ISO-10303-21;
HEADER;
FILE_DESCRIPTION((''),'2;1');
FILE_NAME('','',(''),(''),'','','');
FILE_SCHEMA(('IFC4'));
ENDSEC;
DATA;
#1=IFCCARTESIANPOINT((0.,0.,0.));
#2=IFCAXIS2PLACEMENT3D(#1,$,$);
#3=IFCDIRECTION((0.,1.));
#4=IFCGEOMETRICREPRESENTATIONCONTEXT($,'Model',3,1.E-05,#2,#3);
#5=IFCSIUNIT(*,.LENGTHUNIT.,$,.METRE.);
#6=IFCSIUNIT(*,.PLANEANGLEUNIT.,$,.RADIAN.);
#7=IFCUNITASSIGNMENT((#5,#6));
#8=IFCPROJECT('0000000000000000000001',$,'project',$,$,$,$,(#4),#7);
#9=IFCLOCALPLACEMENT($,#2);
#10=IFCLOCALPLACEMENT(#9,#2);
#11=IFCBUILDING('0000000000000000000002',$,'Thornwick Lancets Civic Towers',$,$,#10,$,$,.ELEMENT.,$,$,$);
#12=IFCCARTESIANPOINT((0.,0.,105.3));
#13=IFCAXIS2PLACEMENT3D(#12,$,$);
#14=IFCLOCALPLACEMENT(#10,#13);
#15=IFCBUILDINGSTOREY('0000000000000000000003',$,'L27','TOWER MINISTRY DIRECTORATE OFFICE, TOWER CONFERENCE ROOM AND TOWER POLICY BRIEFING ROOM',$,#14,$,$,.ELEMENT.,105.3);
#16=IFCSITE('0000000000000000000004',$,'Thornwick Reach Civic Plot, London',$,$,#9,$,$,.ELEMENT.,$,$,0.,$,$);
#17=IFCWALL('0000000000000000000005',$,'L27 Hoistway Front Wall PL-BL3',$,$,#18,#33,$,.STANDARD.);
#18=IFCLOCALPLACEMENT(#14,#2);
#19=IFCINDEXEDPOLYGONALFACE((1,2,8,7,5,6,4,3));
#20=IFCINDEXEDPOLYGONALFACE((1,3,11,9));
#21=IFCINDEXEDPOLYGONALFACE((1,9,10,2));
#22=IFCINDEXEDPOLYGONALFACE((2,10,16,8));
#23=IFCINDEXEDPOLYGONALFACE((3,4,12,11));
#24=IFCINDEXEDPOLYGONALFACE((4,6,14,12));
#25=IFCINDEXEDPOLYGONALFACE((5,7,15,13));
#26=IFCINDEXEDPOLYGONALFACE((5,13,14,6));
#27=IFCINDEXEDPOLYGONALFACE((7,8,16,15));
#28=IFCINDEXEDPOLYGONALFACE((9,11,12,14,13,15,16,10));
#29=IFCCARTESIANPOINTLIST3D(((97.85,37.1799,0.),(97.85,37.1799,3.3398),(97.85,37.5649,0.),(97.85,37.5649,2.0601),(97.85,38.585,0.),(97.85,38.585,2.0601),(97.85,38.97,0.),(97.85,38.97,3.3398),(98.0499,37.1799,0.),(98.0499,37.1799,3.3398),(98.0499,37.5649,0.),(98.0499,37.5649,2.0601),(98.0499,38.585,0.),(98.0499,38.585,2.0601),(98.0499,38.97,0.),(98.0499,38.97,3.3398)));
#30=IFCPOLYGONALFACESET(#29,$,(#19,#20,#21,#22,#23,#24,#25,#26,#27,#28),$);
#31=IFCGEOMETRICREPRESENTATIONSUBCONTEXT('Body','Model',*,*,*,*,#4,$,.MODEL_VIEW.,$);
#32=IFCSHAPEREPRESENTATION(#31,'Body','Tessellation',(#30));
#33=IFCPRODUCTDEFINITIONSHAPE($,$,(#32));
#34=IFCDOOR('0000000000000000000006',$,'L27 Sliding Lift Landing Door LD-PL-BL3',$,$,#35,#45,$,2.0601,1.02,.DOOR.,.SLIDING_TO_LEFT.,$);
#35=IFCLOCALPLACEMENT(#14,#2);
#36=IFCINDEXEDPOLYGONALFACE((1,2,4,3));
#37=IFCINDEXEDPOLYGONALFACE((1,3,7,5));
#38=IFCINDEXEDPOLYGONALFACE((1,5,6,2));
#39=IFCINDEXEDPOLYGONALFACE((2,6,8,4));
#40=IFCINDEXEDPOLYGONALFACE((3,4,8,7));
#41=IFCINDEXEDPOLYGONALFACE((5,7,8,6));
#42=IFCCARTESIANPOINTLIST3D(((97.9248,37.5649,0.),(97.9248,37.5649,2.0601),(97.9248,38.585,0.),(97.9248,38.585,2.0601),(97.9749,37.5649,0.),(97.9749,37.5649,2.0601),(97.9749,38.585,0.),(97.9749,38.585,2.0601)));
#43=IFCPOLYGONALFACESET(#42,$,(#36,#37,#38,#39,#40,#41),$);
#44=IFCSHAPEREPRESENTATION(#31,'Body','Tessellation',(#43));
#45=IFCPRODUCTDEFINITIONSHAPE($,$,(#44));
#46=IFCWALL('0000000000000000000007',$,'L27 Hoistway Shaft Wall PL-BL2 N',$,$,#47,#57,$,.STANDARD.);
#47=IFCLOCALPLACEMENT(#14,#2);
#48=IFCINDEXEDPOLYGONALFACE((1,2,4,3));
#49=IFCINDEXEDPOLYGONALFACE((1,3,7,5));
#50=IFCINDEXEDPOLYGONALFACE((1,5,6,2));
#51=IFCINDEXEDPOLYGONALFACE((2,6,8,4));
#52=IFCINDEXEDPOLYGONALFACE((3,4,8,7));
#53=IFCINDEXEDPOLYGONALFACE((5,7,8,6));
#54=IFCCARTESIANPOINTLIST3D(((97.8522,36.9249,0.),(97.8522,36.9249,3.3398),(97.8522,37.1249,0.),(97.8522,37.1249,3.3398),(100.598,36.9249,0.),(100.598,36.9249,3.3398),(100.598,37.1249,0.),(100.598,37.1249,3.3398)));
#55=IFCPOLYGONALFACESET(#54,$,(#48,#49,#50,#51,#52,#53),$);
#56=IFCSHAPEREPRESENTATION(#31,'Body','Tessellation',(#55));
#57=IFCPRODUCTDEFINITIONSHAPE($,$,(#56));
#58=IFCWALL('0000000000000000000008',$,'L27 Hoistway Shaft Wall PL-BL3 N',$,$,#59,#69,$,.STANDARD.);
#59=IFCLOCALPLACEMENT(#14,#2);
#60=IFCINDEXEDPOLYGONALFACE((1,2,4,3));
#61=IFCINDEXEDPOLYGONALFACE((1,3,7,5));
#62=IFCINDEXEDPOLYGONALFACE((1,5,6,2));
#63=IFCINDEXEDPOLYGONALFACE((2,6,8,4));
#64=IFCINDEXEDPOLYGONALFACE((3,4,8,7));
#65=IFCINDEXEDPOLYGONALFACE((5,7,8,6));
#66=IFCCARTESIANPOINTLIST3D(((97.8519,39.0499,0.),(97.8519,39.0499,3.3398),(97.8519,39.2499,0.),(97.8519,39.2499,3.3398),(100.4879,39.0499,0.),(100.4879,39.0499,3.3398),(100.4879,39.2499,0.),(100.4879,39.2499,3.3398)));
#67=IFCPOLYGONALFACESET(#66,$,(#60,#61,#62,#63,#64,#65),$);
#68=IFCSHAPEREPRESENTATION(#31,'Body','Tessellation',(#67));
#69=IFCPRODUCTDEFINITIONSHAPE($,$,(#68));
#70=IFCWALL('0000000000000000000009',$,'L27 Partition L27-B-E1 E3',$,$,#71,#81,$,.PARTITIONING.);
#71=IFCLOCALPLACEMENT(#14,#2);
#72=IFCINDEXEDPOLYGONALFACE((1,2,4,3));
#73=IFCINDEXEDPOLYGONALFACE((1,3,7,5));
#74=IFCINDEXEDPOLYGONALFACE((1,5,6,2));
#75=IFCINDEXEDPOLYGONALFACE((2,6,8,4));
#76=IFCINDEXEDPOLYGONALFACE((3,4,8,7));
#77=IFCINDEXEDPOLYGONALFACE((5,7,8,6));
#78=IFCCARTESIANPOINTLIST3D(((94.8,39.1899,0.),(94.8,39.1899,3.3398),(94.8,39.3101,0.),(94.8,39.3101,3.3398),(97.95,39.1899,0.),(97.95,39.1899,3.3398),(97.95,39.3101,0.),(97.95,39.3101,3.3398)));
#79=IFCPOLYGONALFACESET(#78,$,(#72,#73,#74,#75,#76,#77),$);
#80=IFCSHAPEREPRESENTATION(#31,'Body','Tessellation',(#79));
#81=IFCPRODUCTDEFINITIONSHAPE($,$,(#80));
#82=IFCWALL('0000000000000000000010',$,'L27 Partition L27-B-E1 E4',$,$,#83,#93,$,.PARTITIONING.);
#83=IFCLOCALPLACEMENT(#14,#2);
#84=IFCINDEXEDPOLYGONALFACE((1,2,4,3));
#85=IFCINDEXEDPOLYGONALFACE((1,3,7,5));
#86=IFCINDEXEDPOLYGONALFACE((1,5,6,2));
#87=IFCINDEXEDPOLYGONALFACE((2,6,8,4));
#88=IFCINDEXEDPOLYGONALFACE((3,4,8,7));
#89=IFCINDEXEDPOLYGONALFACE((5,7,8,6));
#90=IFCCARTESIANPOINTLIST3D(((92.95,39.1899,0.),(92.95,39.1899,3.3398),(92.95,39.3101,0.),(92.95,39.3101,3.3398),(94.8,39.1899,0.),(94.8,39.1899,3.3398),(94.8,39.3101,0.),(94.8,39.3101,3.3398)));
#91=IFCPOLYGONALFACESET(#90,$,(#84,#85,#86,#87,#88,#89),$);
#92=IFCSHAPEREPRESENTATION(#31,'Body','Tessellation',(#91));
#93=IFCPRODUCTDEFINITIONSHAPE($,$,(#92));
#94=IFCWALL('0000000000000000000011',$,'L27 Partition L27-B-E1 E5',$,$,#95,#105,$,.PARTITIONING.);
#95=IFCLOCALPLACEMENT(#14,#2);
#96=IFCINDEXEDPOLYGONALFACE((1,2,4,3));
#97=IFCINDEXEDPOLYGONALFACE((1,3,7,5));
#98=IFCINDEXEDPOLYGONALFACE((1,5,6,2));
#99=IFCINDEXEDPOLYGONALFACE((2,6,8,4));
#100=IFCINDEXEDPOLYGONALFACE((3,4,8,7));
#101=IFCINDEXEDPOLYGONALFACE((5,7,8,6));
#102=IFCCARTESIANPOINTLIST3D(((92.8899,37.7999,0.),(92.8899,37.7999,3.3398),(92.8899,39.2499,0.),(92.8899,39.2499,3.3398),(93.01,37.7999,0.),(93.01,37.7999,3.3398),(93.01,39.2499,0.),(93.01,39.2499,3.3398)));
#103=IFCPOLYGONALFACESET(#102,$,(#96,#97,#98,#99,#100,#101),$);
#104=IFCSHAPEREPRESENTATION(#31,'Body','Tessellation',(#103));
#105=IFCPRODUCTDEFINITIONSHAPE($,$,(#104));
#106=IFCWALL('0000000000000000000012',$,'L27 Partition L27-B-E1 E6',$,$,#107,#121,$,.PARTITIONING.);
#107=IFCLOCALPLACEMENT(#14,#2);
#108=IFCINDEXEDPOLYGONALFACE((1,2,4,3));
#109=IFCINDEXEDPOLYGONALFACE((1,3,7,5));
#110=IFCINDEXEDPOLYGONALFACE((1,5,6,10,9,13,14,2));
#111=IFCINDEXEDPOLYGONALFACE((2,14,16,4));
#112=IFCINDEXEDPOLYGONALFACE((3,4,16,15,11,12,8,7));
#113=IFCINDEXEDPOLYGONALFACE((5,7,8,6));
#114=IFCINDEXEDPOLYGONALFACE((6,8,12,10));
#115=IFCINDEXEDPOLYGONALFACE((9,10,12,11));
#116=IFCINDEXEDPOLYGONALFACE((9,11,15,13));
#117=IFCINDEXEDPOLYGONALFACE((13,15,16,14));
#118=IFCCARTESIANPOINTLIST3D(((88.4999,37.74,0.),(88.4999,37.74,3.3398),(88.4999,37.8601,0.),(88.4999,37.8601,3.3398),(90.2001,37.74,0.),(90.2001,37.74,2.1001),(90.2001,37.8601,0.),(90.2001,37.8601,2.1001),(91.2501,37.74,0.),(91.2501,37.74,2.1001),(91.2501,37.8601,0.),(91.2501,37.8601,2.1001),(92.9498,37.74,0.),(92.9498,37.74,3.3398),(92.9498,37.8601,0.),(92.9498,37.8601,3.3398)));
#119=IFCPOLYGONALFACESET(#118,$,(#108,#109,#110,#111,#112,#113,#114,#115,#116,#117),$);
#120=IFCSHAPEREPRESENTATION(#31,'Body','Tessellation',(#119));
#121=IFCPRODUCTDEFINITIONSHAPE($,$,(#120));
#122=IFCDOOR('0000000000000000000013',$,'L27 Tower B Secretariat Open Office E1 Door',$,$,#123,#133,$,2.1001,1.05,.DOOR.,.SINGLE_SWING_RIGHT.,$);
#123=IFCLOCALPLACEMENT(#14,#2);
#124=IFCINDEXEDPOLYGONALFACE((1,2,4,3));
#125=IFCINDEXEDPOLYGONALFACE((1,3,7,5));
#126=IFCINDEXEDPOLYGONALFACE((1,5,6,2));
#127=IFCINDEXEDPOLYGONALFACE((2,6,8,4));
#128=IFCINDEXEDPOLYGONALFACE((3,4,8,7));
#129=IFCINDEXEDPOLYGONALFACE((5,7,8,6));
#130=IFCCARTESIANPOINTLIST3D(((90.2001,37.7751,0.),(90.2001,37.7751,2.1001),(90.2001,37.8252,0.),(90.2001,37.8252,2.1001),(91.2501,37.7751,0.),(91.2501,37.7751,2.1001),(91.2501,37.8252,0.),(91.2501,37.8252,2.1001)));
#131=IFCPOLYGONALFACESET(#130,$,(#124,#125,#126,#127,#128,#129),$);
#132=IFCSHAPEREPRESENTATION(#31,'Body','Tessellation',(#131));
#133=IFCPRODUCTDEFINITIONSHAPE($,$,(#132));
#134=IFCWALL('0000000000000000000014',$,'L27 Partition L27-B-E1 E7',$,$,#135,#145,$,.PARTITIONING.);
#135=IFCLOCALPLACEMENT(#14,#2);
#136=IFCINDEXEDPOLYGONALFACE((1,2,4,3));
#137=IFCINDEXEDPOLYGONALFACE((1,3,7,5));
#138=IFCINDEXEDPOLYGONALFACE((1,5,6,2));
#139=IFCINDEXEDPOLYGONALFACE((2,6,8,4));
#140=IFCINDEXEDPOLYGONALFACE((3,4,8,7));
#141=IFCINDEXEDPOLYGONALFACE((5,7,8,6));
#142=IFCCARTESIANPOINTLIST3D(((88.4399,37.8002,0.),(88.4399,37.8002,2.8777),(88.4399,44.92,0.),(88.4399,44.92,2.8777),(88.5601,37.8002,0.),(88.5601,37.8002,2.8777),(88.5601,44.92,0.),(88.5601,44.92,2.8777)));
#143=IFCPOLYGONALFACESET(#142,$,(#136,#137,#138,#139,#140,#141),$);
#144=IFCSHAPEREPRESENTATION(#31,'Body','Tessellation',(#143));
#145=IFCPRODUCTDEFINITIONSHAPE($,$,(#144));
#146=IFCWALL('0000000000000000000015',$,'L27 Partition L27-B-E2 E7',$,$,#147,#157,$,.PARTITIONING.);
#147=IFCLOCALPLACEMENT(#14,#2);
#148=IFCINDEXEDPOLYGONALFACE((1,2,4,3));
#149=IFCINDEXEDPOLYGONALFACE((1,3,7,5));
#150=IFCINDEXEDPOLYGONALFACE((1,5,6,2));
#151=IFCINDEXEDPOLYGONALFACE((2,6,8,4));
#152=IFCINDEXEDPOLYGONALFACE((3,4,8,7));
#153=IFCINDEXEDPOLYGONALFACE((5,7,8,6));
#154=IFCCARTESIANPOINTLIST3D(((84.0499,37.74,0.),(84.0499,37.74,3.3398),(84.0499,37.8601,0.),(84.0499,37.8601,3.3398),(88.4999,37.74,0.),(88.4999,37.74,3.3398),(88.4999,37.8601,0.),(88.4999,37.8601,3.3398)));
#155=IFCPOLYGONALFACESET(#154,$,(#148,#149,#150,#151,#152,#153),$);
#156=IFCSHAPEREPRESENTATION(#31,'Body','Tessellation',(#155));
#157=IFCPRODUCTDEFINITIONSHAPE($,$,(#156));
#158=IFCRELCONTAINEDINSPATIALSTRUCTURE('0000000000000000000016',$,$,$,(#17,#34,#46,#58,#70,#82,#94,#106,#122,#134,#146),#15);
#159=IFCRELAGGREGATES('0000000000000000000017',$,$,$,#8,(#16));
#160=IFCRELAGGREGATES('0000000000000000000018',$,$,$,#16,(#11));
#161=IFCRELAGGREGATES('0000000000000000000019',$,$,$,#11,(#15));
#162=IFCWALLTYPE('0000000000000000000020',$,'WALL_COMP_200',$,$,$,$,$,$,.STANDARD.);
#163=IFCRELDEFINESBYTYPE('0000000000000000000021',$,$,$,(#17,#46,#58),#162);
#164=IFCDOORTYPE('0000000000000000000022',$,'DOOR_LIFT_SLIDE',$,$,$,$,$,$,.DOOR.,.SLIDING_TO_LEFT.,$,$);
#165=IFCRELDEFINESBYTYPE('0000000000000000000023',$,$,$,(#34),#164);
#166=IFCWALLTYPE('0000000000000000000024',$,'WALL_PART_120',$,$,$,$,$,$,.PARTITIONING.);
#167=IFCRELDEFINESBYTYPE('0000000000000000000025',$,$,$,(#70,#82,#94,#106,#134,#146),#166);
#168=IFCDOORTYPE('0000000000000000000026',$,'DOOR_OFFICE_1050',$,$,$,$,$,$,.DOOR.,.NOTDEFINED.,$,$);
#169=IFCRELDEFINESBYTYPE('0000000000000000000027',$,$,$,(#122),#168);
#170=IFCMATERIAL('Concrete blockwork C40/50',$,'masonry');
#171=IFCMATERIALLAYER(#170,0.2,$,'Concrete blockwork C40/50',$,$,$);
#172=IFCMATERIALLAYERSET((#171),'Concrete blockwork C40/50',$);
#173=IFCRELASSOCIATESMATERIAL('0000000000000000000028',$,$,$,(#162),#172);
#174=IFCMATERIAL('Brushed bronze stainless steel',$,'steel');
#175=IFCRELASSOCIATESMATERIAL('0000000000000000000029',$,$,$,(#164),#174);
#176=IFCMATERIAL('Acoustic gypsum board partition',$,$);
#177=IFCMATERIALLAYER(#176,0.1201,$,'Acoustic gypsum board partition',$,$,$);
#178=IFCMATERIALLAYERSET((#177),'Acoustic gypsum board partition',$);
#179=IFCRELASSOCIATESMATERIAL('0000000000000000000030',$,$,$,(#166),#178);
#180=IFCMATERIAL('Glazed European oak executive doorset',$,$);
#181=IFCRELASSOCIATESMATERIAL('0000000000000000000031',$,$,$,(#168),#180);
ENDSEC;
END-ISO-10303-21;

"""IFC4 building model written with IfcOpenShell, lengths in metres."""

from ifc_helpers import new_model, si_unit, direction, frame, frame_2d, origin, place, context, subcontext, project, spatial, rectangle, extrude, material, layer, layer_set, type_object, element, fill, save


model = new_model("IFC4")

# Units and contexts
model_context = context("Model", 3, precision=1e-05, world=origin(), true_north=direction((0.0, 1.0)))
body_context = subcontext(model_context, "Body", "Model", "MODEL_VIEW")
ifc_project = project(units=[si_unit("LENGTHUNIT", "METRE"), si_unit("PLANEANGLEUNIT", "RADIAN")], contexts=[model_context])

# Site, building, storey
site_placement = place(None, origin())
site = spatial("IfcSite", under=ifc_project, at=site_placement, Name="Thornwick Reach Civic Plot, London", CompositionType="ELEMENT", RefElevation=0.0)
building_placement = place(site_placement, origin())
building = spatial("IfcBuilding", under=site, at=building_placement, Name="Thornwick Lancets Civic Towers", CompositionType="ELEMENT")
storey_placement = place(building_placement, frame((0.0, 0.0, 105.3)))
storey = spatial("IfcBuildingStorey", under=building, at=storey_placement, Name="L27", Description="TOWER MINISTRY DIRECTORATE OFFICE, TOWER CONFERENCE ROOM AND TOWER POLICY BRIEFING ROOM", CompositionType="ELEMENT", Elevation=105.3)

# Wall, opening, door
ifc_material_1 = material(Name="Concrete blockwork C40/50", Category="masonry")
ifc_layer_1 = layer(ifc_material_1, 0.2, Name="Concrete blockwork C40/50")
ifc_layer_set_1 = layer_set([ifc_layer_1], Name="Concrete blockwork C40/50")
wall_type_1 = type_object("IfcWallType", Name="WALL_COMP_200", PredefinedType="STANDARD", material=ifc_layer_set_1)
ifc_material_2 = material(Name="Brushed bronze stainless steel", Category="steel")
door_type_1 = type_object("IfcDoorType", Name="DOOR_LIFT_SLIDE", OperationType="SLIDING_TO_LEFT", PredefinedType="DOOR", material=ifc_material_2)
wall_1_placement = place(storey_placement, frame((97.95, 38.97, 0.0), z_axis=(0.0, 0.0, 1.0), x_axis=(0.0, -1.0, 0.0)))
wall_1 = element("IfcWall", 1, at=wall_1_placement, inside=storey, type_object=wall_type_1, Name="L27 Hoistway Front Wall PL-BL3", PredefinedType="STANDARD", context=body_context, shape_type="SweptSolid", body=[
    extrude(rectangle(XDim=1.79, YDim=0.2, at=frame_2d((0.895, 0.0))), origin(), (0.0, 0.0, 1.0), 3.3398),
])
opening_1_placement = place(wall_1_placement, frame((0.385, 0.0, 0.0)))
opening_1 = element("IfcOpeningElement", 2, at=opening_1_placement, cuts=wall_1, PredefinedType="OPENING", context=body_context, shape_type="SweptSolid", body=[
    extrude(rectangle(XDim=1.02, YDim=2.0601, at=frame_2d((0.51, 1.03))), frame((0.0, 0.1099, 0.0), z_axis=(0.0, -1.0, 0.0), x_axis=(1.0, 0.0, 0.0)), (0.0, 0.0, 1.0), 0.22),
])
door_1_placement = place(opening_1_placement, origin())
door_1 = element("IfcDoor", 3, at=door_1_placement, inside=storey, type_object=door_type_1, Name="L27 Sliding Lift Landing Door LD-PL-BL3", OperationType="SLIDING_TO_LEFT", OverallHeight=2.0601, OverallWidth=1.02, PredefinedType="DOOR", context=body_context, shape_type="SweptSolid", body=[
    extrude(rectangle(XDim=1.02, YDim=2.0601, at=frame_2d((0.51, 1.03))), frame((0.0, 0.0249, 0.0), z_axis=(0.0, -1.0, 0.0), x_axis=(1.0, 0.0, 0.0)), (0.0, 0.0, 1.0), 0.05),
])
fill(opening_1, door_1)

# Walls
wall_2_placement = place(storey_placement, frame((97.8521, 37.0249, 0.0), z_axis=(0.0, 0.0, 1.0), x_axis=(1.0, 0.0, 0.0)))
element("IfcWall", 4, at=wall_2_placement, inside=storey, type_object=wall_type_1, Name="L27 Hoistway Shaft Wall PL-BL2 N", PredefinedType="STANDARD", context=body_context, shape_type="SweptSolid", body=[
    extrude(rectangle(XDim=2.7458, YDim=0.2, at=frame_2d((1.373, 0.0))), origin(), (0.0, 0.0, 1.0), 3.3398),
])
wall_3_placement = place(storey_placement, frame((97.8521, 39.1499, 0.0), z_axis=(0.0, 0.0, 1.0), x_axis=(1.0, 0.0, 0.0)))
element("IfcWall", 5, at=wall_3_placement, inside=storey, type_object=wall_type_1, Name="L27 Hoistway Shaft Wall PL-BL3 N", PredefinedType="STANDARD", context=body_context, shape_type="SweptSolid", body=[
    extrude(rectangle(XDim=2.636, YDim=0.2, at=frame_2d((1.3179, 0.0))), origin(), (0.0, 0.0, 1.0), 3.3398),
])
ifc_material_3 = material(Name="Acoustic gypsum board partition")
ifc_layer_2 = layer(ifc_material_3, 0.1201, Name="Acoustic gypsum board partition")
ifc_layer_set_2 = layer_set([ifc_layer_2], Name="Acoustic gypsum board partition")
wall_type_2 = type_object("IfcWallType", Name="WALL_PART_120", PredefinedType="PARTITIONING", material=ifc_layer_set_2)
wall_4_placement = place(storey_placement, frame((97.95, 39.25, 0.0), z_axis=(0.0, 0.0, 1.0), x_axis=(-1.0, 0.0, 0.0)))
element("IfcWall", 6, at=wall_4_placement, inside=storey, type_object=wall_type_2, Name="L27 Partition L27-B-E1 E3", PredefinedType="PARTITIONING", context=body_context, shape_type="SweptSolid", body=[
    extrude(rectangle(XDim=3.1499, YDim=0.1201, at=frame_2d((1.575, 0.0))), origin(), (0.0, 0.0, 1.0), 3.3398),
])
wall_5_placement = place(storey_placement, frame((94.8, 39.25, 0.0), z_axis=(0.0, 0.0, 1.0), x_axis=(-1.0, 0.0, 0.0)))
element("IfcWall", 7, at=wall_5_placement, inside=storey, type_object=wall_type_2, Name="L27 Partition L27-B-E1 E4", PredefinedType="PARTITIONING", context=body_context, shape_type="SweptSolid", body=[
    extrude(rectangle(XDim=1.8501, YDim=0.1201, at=frame_2d((0.925, 0.0))), origin(), (0.0, 0.0, 1.0), 3.3398),
])
wall_6_placement = place(storey_placement, frame((92.95, 39.25, 0.0), z_axis=(0.0, 0.0, 1.0), x_axis=(0.0, -1.0, 0.0)))
element("IfcWall", 8, at=wall_6_placement, inside=storey, type_object=wall_type_2, Name="L27 Partition L27-B-E1 E5", PredefinedType="PARTITIONING", context=body_context, shape_type="SweptSolid", body=[
    extrude(rectangle(XDim=1.45, YDim=0.1201, at=frame_2d((0.7251, 0.0))), origin(), (0.0, 0.0, 1.0), 3.3398),
])

# Wall, opening, door
wall_7_placement = place(storey_placement, frame((92.95, 37.8, 0.0), z_axis=(0.0, 0.0, 1.0), x_axis=(-1.0, 0.0, 0.0)))
wall_7 = element("IfcWall", 9, at=wall_7_placement, inside=storey, type_object=wall_type_2, Name="L27 Partition L27-B-E1 E6", PredefinedType="PARTITIONING", context=body_context, shape_type="SweptSolid", body=[
    extrude(rectangle(XDim=4.45, YDim=0.1201, at=frame_2d((2.2251, 0.0))), origin(), (0.0, 0.0, 1.0), 3.3398),
])
opening_2_placement = place(wall_7_placement, frame((1.7, 0.0, 0.0)))
opening_2 = element("IfcOpeningElement", 10, at=opening_2_placement, cuts=wall_7, PredefinedType="OPENING", context=body_context, shape_type="SweptSolid", body=[
    extrude(rectangle(XDim=1.05, YDim=2.1001, at=frame_2d((0.5249, 1.05))), frame((0.0, 0.0701, 0.0), z_axis=(0.0, -1.0, 0.0), x_axis=(1.0, 0.0, 0.0)), (0.0, 0.0, 1.0), 0.1401),
])
ifc_material_4 = material(Name="Glazed European oak executive doorset")
door_type_2 = type_object("IfcDoorType", Name="DOOR_OFFICE_1050", OperationType="NOTDEFINED", PredefinedType="DOOR", material=ifc_material_4)
door_2_placement = place(opening_2_placement, origin())
door_2 = element("IfcDoor", 11, at=door_2_placement, inside=storey, type_object=door_type_2, Name="L27 Tower B Secretariat Open Office E1 Door", OperationType="SINGLE_SWING_RIGHT", OverallHeight=2.1001, OverallWidth=1.05, PredefinedType="DOOR", context=body_context, shape_type="SweptSolid", body=[
    extrude(rectangle(XDim=1.05, YDim=2.1001, at=frame_2d((0.5249, 1.05))), frame((0.0, 0.0249, 0.0), z_axis=(0.0, -1.0, 0.0), x_axis=(1.0, 0.0, 0.0)), (0.0, 0.0, 1.0), 0.05),
])
fill(opening_2, door_2)

# Walls
wall_8_placement = place(storey_placement, frame((88.5, 37.8, 0.0), z_axis=(0.0, 0.0, 1.0), x_axis=(0.0, 1.0, 0.0)))
element("IfcWall", 12, at=wall_8_placement, inside=storey, type_object=wall_type_2, Name="L27 Partition L27-B-E1 E7", PredefinedType="PARTITIONING", context=body_context, shape_type="SweptSolid", body=[
    extrude(rectangle(XDim=7.1199, YDim=0.1201, at=frame_2d((3.5601, 0.0))), origin(), (0.0, 0.0, 1.0), 2.8777),
])
wall_9_placement = place(storey_placement, frame((88.5, 37.8, 0.0), z_axis=(0.0, 0.0, 1.0), x_axis=(-1.0, 0.0, 0.0)))
element("IfcWall", 13, at=wall_9_placement, inside=storey, type_object=wall_type_2, Name="L27 Partition L27-B-E2 E7", PredefinedType="PARTITIONING", context=body_context, shape_type="SweptSolid", body=[
    extrude(rectangle(XDim=4.45, YDim=0.1201, at=frame_2d((2.2251, 0.0))), origin(), (0.0, 0.0, 1.0), 3.3398),
])

save(model, "model.ifc")
